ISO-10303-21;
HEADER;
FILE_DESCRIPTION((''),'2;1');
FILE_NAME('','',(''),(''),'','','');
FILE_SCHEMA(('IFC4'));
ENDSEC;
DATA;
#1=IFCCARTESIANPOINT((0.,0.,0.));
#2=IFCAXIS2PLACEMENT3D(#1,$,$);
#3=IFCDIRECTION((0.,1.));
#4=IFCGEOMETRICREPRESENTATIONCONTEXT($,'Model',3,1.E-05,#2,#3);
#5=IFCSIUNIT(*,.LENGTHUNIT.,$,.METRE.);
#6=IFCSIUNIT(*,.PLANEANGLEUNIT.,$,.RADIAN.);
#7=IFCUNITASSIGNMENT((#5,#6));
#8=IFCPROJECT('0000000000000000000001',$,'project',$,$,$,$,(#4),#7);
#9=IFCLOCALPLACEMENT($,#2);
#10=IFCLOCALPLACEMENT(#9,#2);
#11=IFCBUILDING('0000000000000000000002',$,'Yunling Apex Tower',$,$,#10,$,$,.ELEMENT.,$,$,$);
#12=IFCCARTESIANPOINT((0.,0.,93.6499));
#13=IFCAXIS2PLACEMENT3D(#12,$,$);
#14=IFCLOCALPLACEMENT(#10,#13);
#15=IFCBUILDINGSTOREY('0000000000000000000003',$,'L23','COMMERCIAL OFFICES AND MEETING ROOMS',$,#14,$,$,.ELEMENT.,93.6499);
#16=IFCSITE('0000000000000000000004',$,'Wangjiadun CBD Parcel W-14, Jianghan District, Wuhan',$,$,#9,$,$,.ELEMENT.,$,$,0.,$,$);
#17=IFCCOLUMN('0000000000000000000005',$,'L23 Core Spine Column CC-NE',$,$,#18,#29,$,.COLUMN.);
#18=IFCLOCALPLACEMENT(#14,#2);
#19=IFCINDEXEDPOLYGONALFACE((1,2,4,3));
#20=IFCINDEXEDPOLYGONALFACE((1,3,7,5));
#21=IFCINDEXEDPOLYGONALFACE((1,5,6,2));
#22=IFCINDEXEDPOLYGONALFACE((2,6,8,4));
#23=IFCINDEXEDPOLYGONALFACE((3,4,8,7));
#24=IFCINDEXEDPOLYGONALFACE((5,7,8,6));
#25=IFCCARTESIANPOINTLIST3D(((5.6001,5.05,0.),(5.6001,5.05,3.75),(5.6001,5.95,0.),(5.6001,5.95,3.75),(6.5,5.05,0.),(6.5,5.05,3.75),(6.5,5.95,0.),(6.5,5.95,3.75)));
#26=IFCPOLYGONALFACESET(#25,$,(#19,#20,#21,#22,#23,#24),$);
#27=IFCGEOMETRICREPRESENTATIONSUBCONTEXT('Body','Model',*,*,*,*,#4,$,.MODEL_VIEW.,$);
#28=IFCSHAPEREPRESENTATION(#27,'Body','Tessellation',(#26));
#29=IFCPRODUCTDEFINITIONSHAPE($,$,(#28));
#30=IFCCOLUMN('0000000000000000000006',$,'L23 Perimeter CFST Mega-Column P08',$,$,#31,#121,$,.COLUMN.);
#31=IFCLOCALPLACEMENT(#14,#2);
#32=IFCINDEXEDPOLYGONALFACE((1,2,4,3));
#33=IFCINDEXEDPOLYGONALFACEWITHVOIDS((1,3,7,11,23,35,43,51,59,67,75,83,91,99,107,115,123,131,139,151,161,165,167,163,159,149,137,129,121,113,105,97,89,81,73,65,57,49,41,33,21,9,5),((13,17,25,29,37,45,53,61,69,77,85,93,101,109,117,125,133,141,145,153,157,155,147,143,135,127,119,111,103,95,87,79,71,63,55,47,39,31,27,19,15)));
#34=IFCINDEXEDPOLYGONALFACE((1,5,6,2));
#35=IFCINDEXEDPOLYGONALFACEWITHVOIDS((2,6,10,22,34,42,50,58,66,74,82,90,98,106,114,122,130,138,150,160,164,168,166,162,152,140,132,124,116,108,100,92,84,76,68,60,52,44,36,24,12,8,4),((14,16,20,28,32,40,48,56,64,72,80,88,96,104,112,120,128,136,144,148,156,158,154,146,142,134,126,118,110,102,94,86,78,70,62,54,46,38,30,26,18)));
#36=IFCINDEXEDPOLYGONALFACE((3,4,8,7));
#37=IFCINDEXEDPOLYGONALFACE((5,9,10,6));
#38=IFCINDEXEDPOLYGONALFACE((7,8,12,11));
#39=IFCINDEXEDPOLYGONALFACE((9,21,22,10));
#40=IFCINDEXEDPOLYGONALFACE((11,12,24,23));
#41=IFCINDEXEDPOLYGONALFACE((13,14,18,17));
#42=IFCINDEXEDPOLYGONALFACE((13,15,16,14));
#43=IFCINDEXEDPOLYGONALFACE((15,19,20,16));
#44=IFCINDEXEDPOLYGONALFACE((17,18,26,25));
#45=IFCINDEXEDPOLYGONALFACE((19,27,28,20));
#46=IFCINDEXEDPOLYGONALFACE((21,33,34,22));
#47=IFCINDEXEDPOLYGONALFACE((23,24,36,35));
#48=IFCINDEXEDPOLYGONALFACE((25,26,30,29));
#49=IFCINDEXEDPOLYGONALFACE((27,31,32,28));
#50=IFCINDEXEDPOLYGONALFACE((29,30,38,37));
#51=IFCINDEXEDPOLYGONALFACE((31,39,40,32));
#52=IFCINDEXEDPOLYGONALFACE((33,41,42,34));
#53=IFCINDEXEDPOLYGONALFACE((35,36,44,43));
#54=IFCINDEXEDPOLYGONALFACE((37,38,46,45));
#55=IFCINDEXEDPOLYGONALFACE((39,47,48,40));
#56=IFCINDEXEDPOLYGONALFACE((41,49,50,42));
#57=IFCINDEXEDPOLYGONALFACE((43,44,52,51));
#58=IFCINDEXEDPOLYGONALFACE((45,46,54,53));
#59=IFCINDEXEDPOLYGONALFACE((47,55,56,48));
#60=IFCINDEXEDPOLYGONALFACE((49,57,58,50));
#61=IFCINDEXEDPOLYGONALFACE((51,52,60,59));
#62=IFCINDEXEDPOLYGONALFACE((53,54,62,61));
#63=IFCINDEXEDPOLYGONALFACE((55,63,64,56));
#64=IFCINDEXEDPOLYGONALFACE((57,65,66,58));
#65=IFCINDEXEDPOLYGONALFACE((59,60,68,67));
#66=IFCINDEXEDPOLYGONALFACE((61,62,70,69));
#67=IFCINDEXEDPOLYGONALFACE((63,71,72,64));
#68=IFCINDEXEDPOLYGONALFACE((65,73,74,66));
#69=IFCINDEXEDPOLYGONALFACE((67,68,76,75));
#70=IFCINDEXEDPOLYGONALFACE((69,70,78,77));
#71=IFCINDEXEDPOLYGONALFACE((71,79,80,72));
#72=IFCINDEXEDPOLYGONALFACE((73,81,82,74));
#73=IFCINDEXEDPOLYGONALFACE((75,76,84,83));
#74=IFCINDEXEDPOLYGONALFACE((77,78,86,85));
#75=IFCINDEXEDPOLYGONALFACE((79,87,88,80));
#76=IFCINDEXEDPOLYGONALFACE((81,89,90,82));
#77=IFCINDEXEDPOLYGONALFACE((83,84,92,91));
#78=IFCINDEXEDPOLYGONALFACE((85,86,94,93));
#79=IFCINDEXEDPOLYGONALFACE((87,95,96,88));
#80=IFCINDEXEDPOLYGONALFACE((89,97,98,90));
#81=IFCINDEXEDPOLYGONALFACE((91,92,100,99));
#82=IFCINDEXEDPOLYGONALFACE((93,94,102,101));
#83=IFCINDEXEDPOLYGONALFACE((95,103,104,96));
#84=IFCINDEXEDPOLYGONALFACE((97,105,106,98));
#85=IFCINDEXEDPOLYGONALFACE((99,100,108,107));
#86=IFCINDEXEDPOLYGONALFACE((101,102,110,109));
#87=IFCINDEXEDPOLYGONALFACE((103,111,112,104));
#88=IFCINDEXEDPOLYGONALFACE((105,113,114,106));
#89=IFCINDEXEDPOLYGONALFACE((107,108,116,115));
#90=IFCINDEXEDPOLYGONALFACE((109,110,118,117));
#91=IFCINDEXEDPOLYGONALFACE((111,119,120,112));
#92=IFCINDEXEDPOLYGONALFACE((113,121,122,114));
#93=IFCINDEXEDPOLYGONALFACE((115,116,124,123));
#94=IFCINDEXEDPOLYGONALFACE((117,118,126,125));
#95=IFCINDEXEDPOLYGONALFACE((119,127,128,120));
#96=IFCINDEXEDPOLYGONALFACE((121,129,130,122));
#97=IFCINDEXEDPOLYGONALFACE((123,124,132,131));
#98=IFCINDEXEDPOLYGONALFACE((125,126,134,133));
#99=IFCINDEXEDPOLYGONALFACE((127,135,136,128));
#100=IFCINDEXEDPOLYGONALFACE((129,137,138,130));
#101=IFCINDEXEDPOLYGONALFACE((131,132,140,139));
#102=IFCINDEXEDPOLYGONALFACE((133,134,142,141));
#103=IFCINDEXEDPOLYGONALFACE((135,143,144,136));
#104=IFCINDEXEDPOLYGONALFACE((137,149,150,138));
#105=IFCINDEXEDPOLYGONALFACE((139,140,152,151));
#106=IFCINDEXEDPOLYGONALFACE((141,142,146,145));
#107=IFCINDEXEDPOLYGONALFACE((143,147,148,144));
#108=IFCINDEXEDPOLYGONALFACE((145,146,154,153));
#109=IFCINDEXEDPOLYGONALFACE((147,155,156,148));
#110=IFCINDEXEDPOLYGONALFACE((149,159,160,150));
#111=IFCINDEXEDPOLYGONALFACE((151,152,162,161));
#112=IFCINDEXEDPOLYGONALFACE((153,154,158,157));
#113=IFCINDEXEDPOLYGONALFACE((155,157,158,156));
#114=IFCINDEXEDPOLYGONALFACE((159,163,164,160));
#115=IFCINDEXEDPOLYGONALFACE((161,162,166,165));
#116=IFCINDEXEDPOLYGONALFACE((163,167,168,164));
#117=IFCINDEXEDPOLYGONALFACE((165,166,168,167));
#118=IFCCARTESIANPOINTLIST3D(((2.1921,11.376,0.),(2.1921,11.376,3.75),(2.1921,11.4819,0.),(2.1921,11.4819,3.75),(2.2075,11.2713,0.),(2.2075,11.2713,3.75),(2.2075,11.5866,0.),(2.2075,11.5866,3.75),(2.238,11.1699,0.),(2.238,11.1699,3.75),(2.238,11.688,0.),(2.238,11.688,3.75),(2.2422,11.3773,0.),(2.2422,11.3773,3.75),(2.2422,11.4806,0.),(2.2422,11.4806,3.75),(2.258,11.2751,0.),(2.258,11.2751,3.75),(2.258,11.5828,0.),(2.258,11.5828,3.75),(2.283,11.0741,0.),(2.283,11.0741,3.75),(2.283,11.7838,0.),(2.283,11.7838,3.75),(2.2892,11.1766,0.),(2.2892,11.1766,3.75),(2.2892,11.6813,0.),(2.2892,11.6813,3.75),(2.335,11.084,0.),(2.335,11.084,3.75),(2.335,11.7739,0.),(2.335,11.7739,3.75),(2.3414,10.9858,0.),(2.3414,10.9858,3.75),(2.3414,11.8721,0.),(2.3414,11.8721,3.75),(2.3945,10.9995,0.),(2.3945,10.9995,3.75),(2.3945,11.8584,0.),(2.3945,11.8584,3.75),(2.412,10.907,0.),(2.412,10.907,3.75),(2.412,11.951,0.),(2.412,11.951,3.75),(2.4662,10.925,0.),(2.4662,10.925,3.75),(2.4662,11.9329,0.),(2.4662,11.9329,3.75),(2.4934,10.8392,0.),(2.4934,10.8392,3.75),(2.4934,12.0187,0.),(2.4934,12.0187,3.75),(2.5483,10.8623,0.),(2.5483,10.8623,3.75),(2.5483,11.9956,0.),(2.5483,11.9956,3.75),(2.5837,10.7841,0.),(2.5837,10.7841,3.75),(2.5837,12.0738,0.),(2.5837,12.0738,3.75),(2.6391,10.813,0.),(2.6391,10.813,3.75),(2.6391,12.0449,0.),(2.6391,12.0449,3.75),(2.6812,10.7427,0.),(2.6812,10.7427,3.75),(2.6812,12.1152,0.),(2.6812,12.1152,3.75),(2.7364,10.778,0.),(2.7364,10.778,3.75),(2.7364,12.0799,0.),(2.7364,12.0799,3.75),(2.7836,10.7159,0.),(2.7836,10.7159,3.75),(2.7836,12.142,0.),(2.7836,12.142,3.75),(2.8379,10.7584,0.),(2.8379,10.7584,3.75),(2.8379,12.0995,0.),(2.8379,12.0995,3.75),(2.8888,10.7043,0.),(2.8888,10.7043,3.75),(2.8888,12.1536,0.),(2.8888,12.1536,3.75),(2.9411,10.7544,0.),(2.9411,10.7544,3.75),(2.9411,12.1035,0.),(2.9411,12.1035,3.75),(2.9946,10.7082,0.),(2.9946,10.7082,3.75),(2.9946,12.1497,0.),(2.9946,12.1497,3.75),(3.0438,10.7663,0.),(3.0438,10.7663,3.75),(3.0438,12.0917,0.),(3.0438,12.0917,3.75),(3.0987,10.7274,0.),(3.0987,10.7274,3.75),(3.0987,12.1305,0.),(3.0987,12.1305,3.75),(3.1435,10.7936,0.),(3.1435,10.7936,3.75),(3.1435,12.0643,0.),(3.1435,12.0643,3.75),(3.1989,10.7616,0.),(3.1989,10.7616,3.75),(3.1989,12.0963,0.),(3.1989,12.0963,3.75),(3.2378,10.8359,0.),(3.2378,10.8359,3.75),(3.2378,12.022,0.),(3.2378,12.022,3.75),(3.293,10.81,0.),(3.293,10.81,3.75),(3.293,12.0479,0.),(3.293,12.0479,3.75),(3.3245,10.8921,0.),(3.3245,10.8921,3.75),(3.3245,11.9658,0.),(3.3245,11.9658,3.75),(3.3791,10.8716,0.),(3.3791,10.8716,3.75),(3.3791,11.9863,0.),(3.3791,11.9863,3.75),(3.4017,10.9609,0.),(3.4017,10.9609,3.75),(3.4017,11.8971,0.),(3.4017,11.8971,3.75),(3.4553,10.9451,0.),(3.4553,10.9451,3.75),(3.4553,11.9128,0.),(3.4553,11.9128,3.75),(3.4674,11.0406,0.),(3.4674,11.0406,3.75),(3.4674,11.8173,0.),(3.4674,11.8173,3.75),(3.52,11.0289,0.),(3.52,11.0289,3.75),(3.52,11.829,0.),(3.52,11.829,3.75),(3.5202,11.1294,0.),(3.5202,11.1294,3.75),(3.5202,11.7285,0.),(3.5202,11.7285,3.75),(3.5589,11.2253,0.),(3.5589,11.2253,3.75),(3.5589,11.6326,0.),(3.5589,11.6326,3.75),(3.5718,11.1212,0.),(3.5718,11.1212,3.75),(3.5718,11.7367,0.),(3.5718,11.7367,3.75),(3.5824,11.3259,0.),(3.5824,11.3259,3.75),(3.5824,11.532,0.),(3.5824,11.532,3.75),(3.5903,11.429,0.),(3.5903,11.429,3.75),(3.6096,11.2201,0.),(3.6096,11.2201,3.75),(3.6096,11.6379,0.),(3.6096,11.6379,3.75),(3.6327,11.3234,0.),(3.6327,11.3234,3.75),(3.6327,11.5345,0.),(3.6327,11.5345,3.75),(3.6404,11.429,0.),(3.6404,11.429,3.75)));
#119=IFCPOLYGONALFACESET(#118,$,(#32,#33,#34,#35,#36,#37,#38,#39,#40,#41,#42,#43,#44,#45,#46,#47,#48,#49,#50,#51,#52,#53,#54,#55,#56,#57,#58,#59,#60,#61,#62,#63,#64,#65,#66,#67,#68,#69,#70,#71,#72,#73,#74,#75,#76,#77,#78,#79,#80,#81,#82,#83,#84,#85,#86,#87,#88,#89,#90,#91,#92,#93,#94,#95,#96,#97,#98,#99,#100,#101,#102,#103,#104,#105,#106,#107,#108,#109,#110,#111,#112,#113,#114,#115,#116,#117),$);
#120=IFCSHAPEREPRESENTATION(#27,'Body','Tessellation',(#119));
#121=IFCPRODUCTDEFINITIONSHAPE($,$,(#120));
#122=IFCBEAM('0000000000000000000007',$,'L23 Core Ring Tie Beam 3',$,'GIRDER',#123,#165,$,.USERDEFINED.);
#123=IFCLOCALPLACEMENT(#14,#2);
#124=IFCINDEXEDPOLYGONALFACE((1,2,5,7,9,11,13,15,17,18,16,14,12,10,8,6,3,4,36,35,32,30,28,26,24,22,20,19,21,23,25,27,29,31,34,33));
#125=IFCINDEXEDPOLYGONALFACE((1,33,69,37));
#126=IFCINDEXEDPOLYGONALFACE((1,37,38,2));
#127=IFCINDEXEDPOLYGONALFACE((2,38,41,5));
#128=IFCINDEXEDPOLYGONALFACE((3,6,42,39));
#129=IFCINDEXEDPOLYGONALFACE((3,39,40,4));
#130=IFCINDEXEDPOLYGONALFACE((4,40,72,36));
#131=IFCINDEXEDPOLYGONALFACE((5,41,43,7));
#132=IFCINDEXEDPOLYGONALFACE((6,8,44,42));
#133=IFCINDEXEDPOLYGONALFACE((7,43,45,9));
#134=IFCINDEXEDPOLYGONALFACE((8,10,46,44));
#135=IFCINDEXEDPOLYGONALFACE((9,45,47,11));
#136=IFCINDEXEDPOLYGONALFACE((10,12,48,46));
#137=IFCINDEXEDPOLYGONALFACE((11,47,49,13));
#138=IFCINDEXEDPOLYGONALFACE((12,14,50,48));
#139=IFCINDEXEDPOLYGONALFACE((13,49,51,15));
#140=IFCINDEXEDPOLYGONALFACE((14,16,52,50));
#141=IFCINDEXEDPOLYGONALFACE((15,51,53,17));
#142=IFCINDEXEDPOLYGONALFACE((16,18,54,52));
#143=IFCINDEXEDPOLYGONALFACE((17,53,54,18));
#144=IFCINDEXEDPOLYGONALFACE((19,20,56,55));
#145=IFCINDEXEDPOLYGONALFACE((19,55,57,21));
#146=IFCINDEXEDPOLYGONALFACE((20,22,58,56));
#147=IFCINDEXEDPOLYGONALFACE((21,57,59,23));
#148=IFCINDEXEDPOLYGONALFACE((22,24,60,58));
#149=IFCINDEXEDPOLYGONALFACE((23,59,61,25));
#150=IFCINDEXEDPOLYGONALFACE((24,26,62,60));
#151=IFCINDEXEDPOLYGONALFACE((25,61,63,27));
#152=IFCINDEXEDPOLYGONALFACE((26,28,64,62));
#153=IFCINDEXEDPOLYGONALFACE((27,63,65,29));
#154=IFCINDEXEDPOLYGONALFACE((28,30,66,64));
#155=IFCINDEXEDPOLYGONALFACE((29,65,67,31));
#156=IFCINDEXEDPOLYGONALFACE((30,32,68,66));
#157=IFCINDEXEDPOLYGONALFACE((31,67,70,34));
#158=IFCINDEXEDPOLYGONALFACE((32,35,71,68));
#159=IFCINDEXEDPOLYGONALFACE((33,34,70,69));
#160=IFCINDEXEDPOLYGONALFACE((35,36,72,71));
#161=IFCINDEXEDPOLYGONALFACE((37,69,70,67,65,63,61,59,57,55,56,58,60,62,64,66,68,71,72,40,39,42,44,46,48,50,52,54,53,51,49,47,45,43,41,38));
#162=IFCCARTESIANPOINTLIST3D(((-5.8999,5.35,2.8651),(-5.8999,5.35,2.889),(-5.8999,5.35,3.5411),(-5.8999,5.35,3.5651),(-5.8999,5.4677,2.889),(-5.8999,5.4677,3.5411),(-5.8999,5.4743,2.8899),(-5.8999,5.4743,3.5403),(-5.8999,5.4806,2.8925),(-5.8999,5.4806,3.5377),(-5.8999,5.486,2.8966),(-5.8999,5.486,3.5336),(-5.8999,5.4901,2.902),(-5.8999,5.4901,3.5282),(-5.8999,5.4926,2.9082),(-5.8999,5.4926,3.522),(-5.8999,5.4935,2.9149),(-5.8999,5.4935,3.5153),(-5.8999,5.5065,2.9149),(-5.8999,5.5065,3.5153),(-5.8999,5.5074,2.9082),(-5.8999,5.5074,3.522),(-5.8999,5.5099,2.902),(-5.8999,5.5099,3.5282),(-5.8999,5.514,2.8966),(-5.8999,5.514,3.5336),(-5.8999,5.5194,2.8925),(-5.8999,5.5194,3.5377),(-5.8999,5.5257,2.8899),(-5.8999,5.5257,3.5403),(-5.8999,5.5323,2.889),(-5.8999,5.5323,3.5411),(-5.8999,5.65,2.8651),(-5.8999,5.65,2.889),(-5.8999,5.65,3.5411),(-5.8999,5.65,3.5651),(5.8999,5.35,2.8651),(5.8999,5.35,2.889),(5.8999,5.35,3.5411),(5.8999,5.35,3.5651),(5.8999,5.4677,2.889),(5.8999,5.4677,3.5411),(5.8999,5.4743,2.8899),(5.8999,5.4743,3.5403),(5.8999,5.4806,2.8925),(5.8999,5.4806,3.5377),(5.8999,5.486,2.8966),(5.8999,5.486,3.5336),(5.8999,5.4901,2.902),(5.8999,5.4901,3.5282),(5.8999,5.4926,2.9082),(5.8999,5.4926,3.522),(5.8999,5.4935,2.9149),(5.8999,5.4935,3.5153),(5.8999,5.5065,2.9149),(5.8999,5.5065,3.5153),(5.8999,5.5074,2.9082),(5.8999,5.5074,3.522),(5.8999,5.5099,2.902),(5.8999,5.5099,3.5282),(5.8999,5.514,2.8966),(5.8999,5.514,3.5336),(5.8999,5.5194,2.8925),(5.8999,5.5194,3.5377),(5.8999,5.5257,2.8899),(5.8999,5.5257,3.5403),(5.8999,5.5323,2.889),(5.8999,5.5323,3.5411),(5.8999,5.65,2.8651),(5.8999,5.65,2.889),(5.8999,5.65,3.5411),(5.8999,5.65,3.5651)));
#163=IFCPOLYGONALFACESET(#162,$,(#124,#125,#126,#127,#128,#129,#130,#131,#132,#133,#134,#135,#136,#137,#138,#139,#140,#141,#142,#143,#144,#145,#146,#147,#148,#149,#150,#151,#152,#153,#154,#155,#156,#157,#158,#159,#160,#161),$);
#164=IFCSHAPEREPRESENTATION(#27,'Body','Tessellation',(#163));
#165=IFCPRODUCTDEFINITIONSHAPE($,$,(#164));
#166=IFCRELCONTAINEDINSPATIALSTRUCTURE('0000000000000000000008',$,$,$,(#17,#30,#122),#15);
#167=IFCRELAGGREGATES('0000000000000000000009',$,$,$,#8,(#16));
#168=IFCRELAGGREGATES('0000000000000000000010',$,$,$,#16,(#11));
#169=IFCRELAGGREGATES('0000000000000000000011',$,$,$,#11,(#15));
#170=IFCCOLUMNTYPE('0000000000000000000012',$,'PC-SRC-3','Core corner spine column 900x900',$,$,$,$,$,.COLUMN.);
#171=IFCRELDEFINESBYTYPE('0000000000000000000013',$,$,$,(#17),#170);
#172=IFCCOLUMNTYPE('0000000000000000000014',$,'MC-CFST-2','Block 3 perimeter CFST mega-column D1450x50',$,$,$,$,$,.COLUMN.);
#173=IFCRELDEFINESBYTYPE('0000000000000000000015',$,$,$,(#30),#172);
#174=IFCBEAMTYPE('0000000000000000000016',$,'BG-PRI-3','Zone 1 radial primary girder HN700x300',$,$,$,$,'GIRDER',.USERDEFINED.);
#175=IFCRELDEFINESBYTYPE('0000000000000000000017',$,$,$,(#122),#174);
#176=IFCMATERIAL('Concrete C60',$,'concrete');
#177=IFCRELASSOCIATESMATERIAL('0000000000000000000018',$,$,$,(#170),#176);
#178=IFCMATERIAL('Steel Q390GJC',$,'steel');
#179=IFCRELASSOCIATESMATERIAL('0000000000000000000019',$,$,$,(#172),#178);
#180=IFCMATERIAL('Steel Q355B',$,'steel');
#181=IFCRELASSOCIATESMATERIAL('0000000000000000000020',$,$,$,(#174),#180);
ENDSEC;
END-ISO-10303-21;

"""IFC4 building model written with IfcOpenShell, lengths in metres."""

from ifc_helpers import new_model, si_unit, direction, frame, origin, origin_2d, place, context, subcontext, project, spatial, rectangle, hollow_circle, i_section, extrude, source, transform, mapped, material, material_profile, profile_set, type_object, element, save


model = new_model("IFC4")

# Units and contexts
model_context = context("Model", 3, precision=1e-05, world=origin(), true_north=direction((0.0, 1.0)))
body_context = subcontext(model_context, "Body", "Model", "MODEL_VIEW")
ifc_project = project(units=[si_unit("LENGTHUNIT", "METRE"), si_unit("PLANEANGLEUNIT", "RADIAN")], contexts=[model_context])

# Site, building, storey
site_placement = place(None, origin())
site = spatial("IfcSite", under=ifc_project, at=site_placement, Name="Wangjiadun CBD Parcel W-14, Jianghan District, Wuhan", CompositionType="ELEMENT", RefElevation=0.0)
building_placement = place(site_placement, origin())
building = spatial("IfcBuilding", under=site, at=building_placement, Name="Yunling Apex Tower", CompositionType="ELEMENT")
storey_placement = place(building_placement, frame((0.0, 0.0, 93.6499)))
storey = spatial("IfcBuildingStorey", under=building, at=storey_placement, Name="L23", Description="COMMERCIAL OFFICES AND MEETING ROOMS", CompositionType="ELEMENT", Elevation=93.6499)

# Columns
ifc_material_1 = material(Name="Concrete C60", Category="concrete")
ifc_material_profile_1 = material_profile(ifc_material_1, rectangle(XDim=0.8999, YDim=0.8999, at=origin_2d()))
ifc_profile_set_1 = profile_set([ifc_material_profile_1], Name="Concrete C60")
column_type_1 = type_object("IfcColumnType", Name="PC-SRC-3", Description="Core corner spine column 900x900", PredefinedType="COLUMN", material=ifc_profile_set_1)
shared_shape_1 = source(origin(), body_context, "Body", "SweptSolid", [
    extrude(rectangle(XDim=0.8999, YDim=0.8999, at=origin_2d()), origin(), (0.0, 0.0, 1.0), 3.75),
])
column_1_placement = place(storey_placement, frame((6.05, 5.5, 0.0), z_axis=(0.0, 0.0, 1.0), x_axis=(1.0, 0.0, 0.0)))
element("IfcColumn", 1, at=column_1_placement, inside=storey, type_object=column_type_1, Name="L23 Core Spine Column CC-NE", PredefinedType="COLUMN", context=body_context, shape_type="MappedRepresentation", body=[
    mapped(shared_shape_1, transform((0.0, 0.0, 0.0), scale=1.0)),
])
ifc_material_2 = material(Name="Steel Q390GJC", Category="steel")
ifc_material_profile_2 = material_profile(ifc_material_2, hollow_circle(Radius=0.7251, WallThickness=0.05, at=origin_2d()))
ifc_profile_set_2 = profile_set([ifc_material_profile_2], Name="Steel Q390GJC")
column_type_2 = type_object("IfcColumnType", Name="MC-CFST-2", Description="Block 3 perimeter CFST mega-column D1450x50", PredefinedType="COLUMN", material=ifc_profile_set_2)
shared_shape_2 = source(origin(), body_context, "Body", "SweptSolid", [
    extrude(hollow_circle(Radius=0.7251, WallThickness=0.05, at=origin_2d()), origin(), (0.0, 0.0, 1.0), 3.75),
])
column_2_placement = place(storey_placement, frame((2.9153, 11.429, 0.0), z_axis=(0.0, 0.0, 1.0), x_axis=(1.0, 0.0, 0.0)))
element("IfcColumn", 2, at=column_2_placement, inside=storey, type_object=column_type_2, Name="L23 Perimeter CFST Mega-Column P08", PredefinedType="COLUMN", context=body_context, shape_type="MappedRepresentation", body=[
    mapped(shared_shape_2, transform((0.0, 0.0, 0.0), scale=1.0)),
])

# Beam
ifc_material_3 = material(Name="Steel Q355B", Category="steel")
ifc_material_profile_3 = material_profile(ifc_material_3, i_section(OverallWidth=0.3, OverallDepth=0.7, WebThickness=0.0129, FlangeThickness=0.0239, FilletRadius=0.0259, at=origin_2d()))
ifc_profile_set_3 = profile_set([ifc_material_profile_3], Name="Steel Q355B")
beam_type_1 = type_object("IfcBeamType", Name="BG-PRI-3", Description="Zone 1 radial primary girder HN700x300", ElementType="GIRDER", PredefinedType="USERDEFINED", material=ifc_profile_set_3)
shared_shape_3 = source(origin(), body_context, "Body", "SweptSolid", [
    extrude(i_section(OverallWidth=0.3, OverallDepth=0.7, WebThickness=0.0129, FlangeThickness=0.0239, FilletRadius=0.0259, at=origin_2d()), origin(), (0.0, 0.0, 1.0), 11.7998),
])
beam_1_placement = place(storey_placement, frame((5.8999, 5.5, 3.2151), z_axis=(-1.0, 0.0, 0.0), x_axis=(0.0, -1.0, 0.0)))
element("IfcBeam", 3, at=beam_1_placement, inside=storey, type_object=beam_type_1, Name="L23 Core Ring Tie Beam 3", ObjectType="GIRDER", PredefinedType="USERDEFINED", context=body_context, shape_type="MappedRepresentation", body=[
    mapped(shared_shape_3, transform((0.0, 0.0, 0.0), scale=1.0)),
])

save(model, "model.ifc")
